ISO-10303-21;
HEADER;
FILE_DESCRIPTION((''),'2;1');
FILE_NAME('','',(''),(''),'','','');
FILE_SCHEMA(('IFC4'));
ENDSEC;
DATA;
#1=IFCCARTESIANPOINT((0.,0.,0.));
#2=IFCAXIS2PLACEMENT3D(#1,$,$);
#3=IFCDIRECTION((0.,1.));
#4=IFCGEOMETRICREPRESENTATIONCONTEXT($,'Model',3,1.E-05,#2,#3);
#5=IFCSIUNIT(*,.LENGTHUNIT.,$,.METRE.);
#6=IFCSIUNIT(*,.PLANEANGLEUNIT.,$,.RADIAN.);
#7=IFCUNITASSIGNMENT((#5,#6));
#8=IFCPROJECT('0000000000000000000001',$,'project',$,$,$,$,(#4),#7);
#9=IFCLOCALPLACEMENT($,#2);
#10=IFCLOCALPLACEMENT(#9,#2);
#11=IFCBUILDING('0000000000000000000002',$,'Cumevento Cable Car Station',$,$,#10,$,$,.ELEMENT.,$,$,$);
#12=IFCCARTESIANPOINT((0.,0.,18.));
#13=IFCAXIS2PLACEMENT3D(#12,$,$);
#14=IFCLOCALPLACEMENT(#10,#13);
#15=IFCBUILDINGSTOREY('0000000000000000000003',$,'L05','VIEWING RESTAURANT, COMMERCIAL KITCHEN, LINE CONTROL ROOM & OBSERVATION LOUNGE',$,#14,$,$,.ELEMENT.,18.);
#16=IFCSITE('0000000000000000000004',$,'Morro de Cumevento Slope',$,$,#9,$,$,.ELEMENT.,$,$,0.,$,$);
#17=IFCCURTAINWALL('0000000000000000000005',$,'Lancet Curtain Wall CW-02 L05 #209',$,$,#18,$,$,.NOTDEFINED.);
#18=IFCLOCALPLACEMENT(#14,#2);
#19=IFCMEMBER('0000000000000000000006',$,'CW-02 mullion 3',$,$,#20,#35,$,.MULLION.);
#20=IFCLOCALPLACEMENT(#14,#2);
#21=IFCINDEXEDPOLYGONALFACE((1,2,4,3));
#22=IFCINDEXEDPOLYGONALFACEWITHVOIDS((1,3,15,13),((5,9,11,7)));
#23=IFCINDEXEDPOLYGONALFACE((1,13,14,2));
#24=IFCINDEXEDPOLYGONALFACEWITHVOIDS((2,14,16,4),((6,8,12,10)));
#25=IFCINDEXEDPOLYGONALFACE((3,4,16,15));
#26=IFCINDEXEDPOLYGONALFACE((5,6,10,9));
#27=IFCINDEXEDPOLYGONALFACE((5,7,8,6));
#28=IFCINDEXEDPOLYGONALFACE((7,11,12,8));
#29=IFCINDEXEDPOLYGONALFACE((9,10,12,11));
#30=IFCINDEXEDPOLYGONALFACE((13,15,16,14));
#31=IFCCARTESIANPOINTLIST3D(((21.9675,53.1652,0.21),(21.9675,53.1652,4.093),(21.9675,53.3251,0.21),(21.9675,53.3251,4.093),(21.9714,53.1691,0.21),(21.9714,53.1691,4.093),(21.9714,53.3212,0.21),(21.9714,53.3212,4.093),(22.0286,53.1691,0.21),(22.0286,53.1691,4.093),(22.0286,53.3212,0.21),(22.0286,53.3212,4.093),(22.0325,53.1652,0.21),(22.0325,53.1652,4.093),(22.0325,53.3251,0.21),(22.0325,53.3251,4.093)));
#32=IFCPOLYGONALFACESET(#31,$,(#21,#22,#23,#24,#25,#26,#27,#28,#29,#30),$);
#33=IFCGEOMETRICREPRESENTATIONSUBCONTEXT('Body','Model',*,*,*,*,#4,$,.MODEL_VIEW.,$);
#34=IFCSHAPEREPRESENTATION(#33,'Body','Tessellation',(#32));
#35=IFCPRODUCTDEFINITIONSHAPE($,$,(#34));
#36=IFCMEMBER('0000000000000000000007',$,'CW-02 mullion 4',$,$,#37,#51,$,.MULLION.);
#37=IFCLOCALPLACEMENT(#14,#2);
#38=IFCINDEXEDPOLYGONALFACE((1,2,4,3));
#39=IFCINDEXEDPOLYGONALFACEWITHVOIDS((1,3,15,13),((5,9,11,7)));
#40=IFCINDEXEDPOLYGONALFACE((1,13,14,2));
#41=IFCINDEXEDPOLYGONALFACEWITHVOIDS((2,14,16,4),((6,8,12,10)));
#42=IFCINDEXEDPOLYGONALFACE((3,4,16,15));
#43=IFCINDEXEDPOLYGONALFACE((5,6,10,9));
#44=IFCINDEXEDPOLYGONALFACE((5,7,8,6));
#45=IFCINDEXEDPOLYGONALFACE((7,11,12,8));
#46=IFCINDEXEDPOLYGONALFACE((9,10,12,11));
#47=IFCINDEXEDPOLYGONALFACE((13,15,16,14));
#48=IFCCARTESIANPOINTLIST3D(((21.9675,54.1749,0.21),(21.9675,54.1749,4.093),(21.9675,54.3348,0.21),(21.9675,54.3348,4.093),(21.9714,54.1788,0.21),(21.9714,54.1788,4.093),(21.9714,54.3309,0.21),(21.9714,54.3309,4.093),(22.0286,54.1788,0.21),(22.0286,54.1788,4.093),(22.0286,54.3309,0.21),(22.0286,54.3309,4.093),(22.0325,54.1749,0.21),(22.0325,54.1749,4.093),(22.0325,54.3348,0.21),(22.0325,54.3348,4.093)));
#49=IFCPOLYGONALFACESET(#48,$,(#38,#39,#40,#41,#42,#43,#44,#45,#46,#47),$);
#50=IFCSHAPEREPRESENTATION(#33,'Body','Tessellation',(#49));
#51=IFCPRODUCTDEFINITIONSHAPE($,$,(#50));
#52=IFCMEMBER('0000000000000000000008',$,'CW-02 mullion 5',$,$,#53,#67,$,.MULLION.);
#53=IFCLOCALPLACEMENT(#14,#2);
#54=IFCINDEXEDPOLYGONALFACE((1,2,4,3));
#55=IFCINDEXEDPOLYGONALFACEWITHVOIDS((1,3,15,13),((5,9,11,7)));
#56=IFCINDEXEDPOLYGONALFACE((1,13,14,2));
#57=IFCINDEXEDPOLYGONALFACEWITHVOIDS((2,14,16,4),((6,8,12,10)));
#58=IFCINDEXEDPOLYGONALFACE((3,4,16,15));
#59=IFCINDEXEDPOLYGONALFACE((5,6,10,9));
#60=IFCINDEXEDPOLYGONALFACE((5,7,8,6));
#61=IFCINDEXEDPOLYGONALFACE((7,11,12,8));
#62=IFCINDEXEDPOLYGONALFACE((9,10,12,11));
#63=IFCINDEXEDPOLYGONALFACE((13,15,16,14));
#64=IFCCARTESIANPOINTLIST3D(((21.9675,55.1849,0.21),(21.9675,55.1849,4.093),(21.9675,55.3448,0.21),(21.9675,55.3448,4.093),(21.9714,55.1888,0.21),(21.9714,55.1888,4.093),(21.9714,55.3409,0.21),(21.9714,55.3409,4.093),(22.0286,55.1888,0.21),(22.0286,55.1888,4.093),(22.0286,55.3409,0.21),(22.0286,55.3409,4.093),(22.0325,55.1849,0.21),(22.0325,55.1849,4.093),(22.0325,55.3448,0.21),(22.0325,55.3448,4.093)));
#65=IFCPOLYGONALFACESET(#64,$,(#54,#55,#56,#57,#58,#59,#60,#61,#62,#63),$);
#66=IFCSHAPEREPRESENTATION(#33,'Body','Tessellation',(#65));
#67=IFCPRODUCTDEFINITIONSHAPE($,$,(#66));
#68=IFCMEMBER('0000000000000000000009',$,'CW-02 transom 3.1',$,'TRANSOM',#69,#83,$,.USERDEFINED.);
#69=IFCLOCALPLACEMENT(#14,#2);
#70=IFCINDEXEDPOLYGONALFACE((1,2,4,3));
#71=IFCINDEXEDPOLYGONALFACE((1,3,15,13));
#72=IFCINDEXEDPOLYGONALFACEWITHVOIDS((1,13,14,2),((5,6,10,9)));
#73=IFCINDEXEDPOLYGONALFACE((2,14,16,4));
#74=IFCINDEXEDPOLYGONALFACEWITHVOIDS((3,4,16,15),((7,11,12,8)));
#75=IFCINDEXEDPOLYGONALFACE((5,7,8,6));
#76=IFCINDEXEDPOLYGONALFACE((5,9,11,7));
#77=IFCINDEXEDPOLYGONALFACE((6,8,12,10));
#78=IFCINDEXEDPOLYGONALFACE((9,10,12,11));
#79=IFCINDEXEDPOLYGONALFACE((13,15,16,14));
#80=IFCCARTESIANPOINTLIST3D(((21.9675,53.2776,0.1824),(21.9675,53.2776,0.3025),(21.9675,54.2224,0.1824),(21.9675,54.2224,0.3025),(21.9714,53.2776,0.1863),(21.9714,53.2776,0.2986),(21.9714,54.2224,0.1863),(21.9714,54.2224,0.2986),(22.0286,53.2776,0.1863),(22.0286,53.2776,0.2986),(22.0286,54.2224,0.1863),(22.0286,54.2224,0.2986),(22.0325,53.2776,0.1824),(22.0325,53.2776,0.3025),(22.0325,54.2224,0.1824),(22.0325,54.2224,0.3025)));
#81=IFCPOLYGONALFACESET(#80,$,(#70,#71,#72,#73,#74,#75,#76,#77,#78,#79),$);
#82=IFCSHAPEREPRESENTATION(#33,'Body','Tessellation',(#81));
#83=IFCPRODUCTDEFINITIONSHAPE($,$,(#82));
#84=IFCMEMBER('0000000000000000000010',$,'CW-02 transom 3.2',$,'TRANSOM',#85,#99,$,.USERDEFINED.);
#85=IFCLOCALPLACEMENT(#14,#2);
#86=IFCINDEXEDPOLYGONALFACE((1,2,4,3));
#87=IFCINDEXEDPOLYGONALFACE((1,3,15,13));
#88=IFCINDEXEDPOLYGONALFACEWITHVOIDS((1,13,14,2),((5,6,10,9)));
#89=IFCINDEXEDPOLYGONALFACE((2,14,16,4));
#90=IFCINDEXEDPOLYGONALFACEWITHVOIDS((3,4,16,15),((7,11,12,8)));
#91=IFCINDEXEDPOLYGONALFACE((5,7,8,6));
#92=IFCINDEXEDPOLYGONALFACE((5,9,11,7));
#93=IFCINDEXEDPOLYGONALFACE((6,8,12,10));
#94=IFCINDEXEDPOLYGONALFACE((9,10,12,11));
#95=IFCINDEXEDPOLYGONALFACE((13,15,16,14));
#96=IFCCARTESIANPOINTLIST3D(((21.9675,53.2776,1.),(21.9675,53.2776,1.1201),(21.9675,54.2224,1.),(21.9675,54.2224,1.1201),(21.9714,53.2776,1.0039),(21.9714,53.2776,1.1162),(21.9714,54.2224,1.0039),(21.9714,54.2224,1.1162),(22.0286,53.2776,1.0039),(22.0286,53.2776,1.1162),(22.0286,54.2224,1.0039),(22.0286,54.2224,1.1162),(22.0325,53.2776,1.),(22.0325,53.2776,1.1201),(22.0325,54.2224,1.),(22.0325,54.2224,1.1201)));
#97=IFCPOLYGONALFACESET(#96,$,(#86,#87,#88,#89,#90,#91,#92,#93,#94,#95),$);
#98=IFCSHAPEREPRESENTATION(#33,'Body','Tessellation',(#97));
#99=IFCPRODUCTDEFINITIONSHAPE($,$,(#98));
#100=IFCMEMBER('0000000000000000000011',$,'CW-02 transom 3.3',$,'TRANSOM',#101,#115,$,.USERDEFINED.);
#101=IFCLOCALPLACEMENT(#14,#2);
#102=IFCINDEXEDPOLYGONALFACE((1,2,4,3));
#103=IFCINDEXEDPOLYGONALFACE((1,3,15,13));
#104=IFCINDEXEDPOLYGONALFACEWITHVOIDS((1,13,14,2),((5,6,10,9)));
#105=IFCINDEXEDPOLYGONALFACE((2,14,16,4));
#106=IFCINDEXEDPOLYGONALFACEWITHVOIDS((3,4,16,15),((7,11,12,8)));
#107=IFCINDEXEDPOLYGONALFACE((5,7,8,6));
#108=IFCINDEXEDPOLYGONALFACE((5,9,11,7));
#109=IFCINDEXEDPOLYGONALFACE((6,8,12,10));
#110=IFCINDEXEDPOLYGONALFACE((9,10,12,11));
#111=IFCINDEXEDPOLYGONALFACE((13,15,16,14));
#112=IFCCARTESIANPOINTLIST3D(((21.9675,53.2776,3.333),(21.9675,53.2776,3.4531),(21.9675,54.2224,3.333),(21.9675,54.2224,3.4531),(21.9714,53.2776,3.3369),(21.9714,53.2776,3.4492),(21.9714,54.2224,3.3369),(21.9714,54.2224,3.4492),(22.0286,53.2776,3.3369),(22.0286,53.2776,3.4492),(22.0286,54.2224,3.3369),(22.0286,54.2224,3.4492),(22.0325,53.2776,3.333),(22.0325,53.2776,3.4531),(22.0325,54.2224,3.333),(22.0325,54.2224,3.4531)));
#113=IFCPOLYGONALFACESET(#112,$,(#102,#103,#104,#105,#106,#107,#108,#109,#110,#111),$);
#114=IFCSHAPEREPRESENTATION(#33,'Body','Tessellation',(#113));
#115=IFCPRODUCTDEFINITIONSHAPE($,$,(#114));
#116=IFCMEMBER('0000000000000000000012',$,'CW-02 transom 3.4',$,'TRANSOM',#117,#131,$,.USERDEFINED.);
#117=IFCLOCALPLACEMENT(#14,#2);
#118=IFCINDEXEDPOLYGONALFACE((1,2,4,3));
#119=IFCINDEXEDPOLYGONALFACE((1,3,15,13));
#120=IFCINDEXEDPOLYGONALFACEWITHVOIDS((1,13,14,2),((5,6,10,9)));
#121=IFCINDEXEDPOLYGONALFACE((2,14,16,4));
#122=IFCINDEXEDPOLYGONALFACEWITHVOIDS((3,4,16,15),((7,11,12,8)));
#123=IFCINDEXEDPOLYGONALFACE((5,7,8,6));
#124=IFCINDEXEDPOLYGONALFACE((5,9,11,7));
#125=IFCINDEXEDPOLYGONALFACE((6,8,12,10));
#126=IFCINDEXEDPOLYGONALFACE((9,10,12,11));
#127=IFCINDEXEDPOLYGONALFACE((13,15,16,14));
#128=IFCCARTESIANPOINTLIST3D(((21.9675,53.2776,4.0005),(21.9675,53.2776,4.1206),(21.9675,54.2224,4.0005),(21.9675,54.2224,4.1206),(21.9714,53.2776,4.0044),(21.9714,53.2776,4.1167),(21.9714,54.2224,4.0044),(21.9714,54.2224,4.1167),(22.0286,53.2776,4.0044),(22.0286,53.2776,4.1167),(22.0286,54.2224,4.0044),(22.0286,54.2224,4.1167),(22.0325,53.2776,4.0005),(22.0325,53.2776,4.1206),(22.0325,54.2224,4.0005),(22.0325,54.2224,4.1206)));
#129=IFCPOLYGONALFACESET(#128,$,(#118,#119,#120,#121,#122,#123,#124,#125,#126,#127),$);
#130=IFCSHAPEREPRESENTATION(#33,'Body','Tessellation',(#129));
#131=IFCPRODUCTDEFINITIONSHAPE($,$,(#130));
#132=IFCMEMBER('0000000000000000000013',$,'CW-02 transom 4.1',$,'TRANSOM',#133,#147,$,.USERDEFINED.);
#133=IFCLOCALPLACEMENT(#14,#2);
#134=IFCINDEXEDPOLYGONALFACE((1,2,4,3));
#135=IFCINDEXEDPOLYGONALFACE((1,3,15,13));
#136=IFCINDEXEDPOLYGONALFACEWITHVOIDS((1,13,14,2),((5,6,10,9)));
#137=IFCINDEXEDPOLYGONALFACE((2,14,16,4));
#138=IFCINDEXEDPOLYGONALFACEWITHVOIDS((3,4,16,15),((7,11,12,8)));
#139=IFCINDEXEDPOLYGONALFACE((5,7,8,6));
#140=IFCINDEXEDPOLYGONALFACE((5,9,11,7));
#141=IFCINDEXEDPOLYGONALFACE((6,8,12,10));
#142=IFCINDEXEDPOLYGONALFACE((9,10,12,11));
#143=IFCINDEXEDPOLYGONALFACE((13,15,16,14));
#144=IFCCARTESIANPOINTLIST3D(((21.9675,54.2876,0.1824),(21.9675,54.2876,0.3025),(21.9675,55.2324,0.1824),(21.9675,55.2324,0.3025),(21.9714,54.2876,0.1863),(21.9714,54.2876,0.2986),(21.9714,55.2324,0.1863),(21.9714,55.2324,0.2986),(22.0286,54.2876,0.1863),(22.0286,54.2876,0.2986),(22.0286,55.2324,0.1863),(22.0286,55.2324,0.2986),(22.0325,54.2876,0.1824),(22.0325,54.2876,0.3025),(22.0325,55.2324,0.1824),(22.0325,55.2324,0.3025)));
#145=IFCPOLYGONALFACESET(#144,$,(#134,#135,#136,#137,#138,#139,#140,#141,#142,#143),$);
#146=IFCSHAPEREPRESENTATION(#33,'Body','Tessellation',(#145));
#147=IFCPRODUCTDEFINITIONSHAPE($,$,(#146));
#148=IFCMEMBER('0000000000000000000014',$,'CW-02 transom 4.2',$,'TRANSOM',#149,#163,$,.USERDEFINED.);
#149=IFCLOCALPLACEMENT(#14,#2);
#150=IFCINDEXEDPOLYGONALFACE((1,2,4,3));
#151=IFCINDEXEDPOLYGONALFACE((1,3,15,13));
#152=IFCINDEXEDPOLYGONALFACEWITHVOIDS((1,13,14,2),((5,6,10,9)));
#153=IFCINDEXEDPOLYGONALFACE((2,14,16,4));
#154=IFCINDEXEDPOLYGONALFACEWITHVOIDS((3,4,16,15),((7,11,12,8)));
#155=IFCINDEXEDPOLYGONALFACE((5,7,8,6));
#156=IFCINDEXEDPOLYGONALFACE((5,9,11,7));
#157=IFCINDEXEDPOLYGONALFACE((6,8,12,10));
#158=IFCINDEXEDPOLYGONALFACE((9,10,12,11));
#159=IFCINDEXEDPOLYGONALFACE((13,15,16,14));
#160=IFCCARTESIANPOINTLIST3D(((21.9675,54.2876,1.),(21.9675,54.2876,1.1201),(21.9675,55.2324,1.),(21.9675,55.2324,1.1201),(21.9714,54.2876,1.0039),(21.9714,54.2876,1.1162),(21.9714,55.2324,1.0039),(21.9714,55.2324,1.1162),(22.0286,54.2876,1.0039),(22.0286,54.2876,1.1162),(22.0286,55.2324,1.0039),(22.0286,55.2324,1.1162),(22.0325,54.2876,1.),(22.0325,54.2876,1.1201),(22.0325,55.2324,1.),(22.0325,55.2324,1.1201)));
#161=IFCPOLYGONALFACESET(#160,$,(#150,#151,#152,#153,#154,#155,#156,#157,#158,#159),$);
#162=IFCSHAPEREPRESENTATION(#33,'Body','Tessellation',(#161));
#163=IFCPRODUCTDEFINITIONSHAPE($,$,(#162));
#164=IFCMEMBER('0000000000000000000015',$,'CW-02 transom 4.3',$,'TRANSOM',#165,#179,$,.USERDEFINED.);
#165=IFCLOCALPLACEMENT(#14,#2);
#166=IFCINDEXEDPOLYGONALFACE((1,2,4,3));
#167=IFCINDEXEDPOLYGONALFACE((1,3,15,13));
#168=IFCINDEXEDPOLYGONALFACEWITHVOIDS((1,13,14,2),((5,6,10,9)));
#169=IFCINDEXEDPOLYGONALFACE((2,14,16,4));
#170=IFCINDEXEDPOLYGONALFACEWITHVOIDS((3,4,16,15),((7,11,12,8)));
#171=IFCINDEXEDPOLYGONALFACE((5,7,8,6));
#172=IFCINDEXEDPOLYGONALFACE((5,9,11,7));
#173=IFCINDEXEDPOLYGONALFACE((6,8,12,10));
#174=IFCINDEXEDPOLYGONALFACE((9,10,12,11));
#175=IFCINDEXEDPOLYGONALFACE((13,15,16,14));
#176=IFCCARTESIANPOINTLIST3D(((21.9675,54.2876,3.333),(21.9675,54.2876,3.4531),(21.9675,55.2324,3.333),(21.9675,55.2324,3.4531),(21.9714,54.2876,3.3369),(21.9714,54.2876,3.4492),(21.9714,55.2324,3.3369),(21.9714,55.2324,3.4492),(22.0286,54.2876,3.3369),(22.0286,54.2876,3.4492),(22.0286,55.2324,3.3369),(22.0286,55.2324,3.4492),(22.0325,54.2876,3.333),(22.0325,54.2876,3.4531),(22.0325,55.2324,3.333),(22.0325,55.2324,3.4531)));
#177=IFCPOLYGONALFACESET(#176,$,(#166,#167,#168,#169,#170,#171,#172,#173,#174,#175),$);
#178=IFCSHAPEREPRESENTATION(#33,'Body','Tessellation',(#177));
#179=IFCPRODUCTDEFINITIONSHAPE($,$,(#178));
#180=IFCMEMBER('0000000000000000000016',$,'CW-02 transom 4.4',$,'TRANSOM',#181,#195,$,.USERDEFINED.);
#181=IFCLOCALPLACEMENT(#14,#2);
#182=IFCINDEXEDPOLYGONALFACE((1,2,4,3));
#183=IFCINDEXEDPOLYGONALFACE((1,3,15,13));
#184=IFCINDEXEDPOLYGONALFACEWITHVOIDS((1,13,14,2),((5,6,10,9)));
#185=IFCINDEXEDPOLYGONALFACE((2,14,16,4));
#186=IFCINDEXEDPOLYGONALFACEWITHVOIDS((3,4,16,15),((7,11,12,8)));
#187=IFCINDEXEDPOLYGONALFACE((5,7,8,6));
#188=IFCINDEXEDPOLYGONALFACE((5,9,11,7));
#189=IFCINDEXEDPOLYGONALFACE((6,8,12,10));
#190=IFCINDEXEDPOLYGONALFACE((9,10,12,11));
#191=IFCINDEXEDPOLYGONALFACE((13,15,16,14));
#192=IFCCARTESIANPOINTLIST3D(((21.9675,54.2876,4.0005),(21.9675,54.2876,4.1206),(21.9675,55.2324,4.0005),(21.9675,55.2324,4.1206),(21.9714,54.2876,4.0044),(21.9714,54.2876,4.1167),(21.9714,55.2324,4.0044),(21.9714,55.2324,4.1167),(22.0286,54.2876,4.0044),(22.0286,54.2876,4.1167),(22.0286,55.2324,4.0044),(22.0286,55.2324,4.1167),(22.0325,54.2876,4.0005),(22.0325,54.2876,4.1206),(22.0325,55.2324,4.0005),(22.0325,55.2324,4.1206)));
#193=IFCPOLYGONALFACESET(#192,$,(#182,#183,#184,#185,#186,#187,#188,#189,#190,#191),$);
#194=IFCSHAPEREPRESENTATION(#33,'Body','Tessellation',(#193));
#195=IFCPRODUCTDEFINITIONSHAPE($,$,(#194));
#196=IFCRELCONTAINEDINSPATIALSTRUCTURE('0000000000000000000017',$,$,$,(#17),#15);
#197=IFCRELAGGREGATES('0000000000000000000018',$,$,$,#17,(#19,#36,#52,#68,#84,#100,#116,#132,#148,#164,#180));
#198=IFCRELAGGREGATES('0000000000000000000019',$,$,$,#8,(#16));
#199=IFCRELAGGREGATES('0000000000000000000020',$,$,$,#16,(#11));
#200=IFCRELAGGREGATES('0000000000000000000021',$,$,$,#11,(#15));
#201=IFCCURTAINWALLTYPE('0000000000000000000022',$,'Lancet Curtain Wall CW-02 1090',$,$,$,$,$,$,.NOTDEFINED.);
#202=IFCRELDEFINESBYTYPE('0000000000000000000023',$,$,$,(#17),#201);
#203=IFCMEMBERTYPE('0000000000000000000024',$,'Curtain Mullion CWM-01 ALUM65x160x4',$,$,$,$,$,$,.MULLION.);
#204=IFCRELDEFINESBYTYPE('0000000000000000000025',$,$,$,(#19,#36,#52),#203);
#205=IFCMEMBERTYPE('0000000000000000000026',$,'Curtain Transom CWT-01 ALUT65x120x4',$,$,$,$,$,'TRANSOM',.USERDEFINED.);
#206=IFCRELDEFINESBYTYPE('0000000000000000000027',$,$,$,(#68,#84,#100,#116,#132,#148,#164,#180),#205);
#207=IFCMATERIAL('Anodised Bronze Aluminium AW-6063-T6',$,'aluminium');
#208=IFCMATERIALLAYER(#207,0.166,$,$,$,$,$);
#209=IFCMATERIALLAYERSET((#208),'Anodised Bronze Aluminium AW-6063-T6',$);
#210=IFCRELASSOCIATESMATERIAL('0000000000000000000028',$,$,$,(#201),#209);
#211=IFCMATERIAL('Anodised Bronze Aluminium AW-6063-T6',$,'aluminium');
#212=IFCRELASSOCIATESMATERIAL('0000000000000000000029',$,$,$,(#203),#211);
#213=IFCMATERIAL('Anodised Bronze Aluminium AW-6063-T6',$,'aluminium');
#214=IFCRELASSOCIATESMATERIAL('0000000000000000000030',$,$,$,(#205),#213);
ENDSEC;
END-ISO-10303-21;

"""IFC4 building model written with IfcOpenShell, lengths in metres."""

from ifc_helpers import new_model, si_unit, direction, frame, origin, origin_2d, place, context, subcontext, project, spatial, hollow_rectangle, extrude, material, layer, layer_set, material_profile, profile_set, type_object, element, aggregate, save


model = new_model("IFC4")

# Units and contexts
model_context = context("Model", 3, precision=1e-05, world=origin(), true_north=direction((0.0, 1.0)))
body_context = subcontext(model_context, "Body", "Model", "MODEL_VIEW")
ifc_project = project(units=[si_unit("LENGTHUNIT", "METRE"), si_unit("PLANEANGLEUNIT", "RADIAN")], contexts=[model_context])

# Site, building, storey
site_placement = place(None, origin())
site = spatial("IfcSite", under=ifc_project, at=site_placement, Name="Morro de Cumevento Slope", CompositionType="ELEMENT", RefElevation=0.0)
building_placement = place(site_placement, origin())
building = spatial("IfcBuilding", under=site, at=building_placement, Name="Cumevento Cable Car Station", CompositionType="ELEMENT")
storey_placement = place(building_placement, frame((0.0, 0.0, 18.0)))
storey = spatial("IfcBuildingStorey", under=building, at=storey_placement, Name="L05", Description="VIEWING RESTAURANT, COMMERCIAL KITCHEN, LINE CONTROL ROOM & OBSERVATION LOUNGE", CompositionType="ELEMENT", Elevation=18.0)

# Curtain wall, members
ifc_material_1 = material(Name="Anodised Bronze Aluminium AW-6063-T6", Category="aluminium")
ifc_layer_1 = layer(ifc_material_1, 0.166)
ifc_layer_set_1 = layer_set([ifc_layer_1], Name="Anodised Bronze Aluminium AW-6063-T6")
curtain_wall_type = type_object("IfcCurtainWallType", Name="Lancet Curtain Wall CW-02 1090", PredefinedType="NOTDEFINED", material=ifc_layer_set_1)
curtain_wall_placement = place(storey_placement, origin())
curtain_wall = element("IfcCurtainWall", 1, at=curtain_wall_placement, inside=storey, type_object=curtain_wall_type, Name="Lancet Curtain Wall CW-02 L05 #209", PredefinedType="NOTDEFINED")
ifc_material_2 = material(Name="Anodised Bronze Aluminium AW-6063-T6", Category="aluminium")
ifc_material_profile_1 = material_profile(ifc_material_2, hollow_rectangle(XDim=0.0649, YDim=0.1599, WallThickness=0.0039, at=origin_2d()), Name="ALUM65x160x4")
ifc_profile_set_1 = profile_set([ifc_material_profile_1], Name="Anodised Bronze Aluminium AW-6063-T6")
member_type_1 = type_object("IfcMemberType", Name="Curtain Mullion CWM-01 ALUM65x160x4", PredefinedType="MULLION", material=ifc_profile_set_1)
member_1_placement = place(storey_placement, frame((22.0, 53.2451, 0.21), z_axis=(0.0, 0.0, 1.0), x_axis=(-1.0, 0.0, 0.0)))
member_1 = element("IfcMember", 2, at=member_1_placement, type_object=member_type_1, Name="CW-02 mullion 3", PredefinedType="MULLION", context=body_context, shape_type="SweptSolid", body=[
    extrude(hollow_rectangle(XDim=0.0649, YDim=0.1599, WallThickness=0.0039, at=origin_2d()), origin(), (0.0, 0.0, 1.0), 3.8831),
])
member_2_placement = place(storey_placement, frame((22.0, 54.2549, 0.21), z_axis=(0.0, 0.0, 1.0), x_axis=(-1.0, 0.0, 0.0)))
member_2 = element("IfcMember", 3, at=member_2_placement, type_object=member_type_1, Name="CW-02 mullion 4", PredefinedType="MULLION", context=body_context, shape_type="SweptSolid", body=[
    extrude(hollow_rectangle(XDim=0.0649, YDim=0.1599, WallThickness=0.0039, at=origin_2d()), origin(), (0.0, 0.0, 1.0), 3.8831),
])
member_3_placement = place(storey_placement, frame((22.0, 55.2649, 0.21), z_axis=(0.0, 0.0, 1.0), x_axis=(-1.0, 0.0, 0.0)))
member_3 = element("IfcMember", 4, at=member_3_placement, type_object=member_type_1, Name="CW-02 mullion 5", PredefinedType="MULLION", context=body_context, shape_type="SweptSolid", body=[
    extrude(hollow_rectangle(XDim=0.0649, YDim=0.1599, WallThickness=0.0039, at=origin_2d()), origin(), (0.0, 0.0, 1.0), 3.8831),
])
ifc_material_3 = material(Name="Anodised Bronze Aluminium AW-6063-T6", Category="aluminium")
ifc_material_profile_2 = material_profile(ifc_material_3, hollow_rectangle(XDim=0.0649, YDim=0.1201, WallThickness=0.0039, at=origin_2d()), Name="ALUT65x120x4")
ifc_profile_set_2 = profile_set([ifc_material_profile_2], Name="Anodised Bronze Aluminium AW-6063-T6")
member_type_2 = type_object("IfcMemberType", Name="Curtain Transom CWT-01 ALUT65x120x4", ElementType="TRANSOM", PredefinedType="USERDEFINED", material=ifc_profile_set_2)
member_4_placement = place(storey_placement, frame((22.0, 53.2776, 0.2424), z_axis=(0.0, 1.0, 0.0), x_axis=(-1.0, 0.0, 0.0)))
member_4 = element("IfcMember", 5, at=member_4_placement, type_object=member_type_2, Name="CW-02 transom 3.1", ObjectType="TRANSOM", PredefinedType="USERDEFINED", context=body_context, shape_type="SweptSolid", body=[
    extrude(hollow_rectangle(XDim=0.0649, YDim=0.1201, WallThickness=0.0039, at=origin_2d()), origin(), (0.0, 0.0, 1.0), 0.9448),
])
member_5_placement = place(storey_placement, frame((22.0, 53.2776, 1.0601), z_axis=(0.0, 1.0, 0.0), x_axis=(-1.0, 0.0, 0.0)))
member_5 = element("IfcMember", 6, at=member_5_placement, type_object=member_type_2, Name="CW-02 transom 3.2", ObjectType="TRANSOM", PredefinedType="USERDEFINED", context=body_context, shape_type="SweptSolid", body=[
    extrude(hollow_rectangle(XDim=0.0649, YDim=0.1201, WallThickness=0.0039, at=origin_2d()), origin(), (0.0, 0.0, 1.0), 0.9448),
])
member_6_placement = place(storey_placement, frame((22.0, 53.2776, 3.3931), z_axis=(0.0, 1.0, 0.0), x_axis=(-1.0, 0.0, 0.0)))
member_6 = element("IfcMember", 7, at=member_6_placement, type_object=member_type_2, Name="CW-02 transom 3.3", ObjectType="TRANSOM", PredefinedType="USERDEFINED", context=body_context, shape_type="SweptSolid", body=[
    extrude(hollow_rectangle(XDim=0.0649, YDim=0.1201, WallThickness=0.0039, at=origin_2d()), origin(), (0.0, 0.0, 1.0), 0.9448),
])
member_7_placement = place(storey_placement, frame((22.0, 53.2776, 4.0605), z_axis=(0.0, 1.0, 0.0), x_axis=(-1.0, 0.0, 0.0)))
member_7 = element("IfcMember", 8, at=member_7_placement, type_object=member_type_2, Name="CW-02 transom 3.4", ObjectType="TRANSOM", PredefinedType="USERDEFINED", context=body_context, shape_type="SweptSolid", body=[
    extrude(hollow_rectangle(XDim=0.0649, YDim=0.1201, WallThickness=0.0039, at=origin_2d()), origin(), (0.0, 0.0, 1.0), 0.9448),
])
member_8_placement = place(storey_placement, frame((22.0, 54.2876, 0.2424), z_axis=(0.0, 1.0, 0.0), x_axis=(-1.0, 0.0, 0.0)))
member_8 = element("IfcMember", 9, at=member_8_placement, type_object=member_type_2, Name="CW-02 transom 4.1", ObjectType="TRANSOM", PredefinedType="USERDEFINED", context=body_context, shape_type="SweptSolid", body=[
    extrude(hollow_rectangle(XDim=0.0649, YDim=0.1201, WallThickness=0.0039, at=origin_2d()), origin(), (0.0, 0.0, 1.0), 0.9448),
])
member_9_placement = place(storey_placement, frame((22.0, 54.2876, 1.0601), z_axis=(0.0, 1.0, 0.0), x_axis=(-1.0, 0.0, 0.0)))
member_9 = element("IfcMember", 10, at=member_9_placement, type_object=member_type_2, Name="CW-02 transom 4.2", ObjectType="TRANSOM", PredefinedType="USERDEFINED", context=body_context, shape_type="SweptSolid", body=[
    extrude(hollow_rectangle(XDim=0.0649, YDim=0.1201, WallThickness=0.0039, at=origin_2d()), origin(), (0.0, 0.0, 1.0), 0.9448),
])
member_10_placement = place(storey_placement, frame((22.0, 54.2876, 3.3931), z_axis=(0.0, 1.0, 0.0), x_axis=(-1.0, 0.0, 0.0)))
member_10 = element("IfcMember", 11, at=member_10_placement, type_object=member_type_2, Name="CW-02 transom 4.3", ObjectType="TRANSOM", PredefinedType="USERDEFINED", context=body_context, shape_type="SweptSolid", body=[
    extrude(hollow_rectangle(XDim=0.0649, YDim=0.1201, WallThickness=0.0039, at=origin_2d()), origin(), (0.0, 0.0, 1.0), 0.9448),
])
member_11_placement = place(storey_placement, frame((22.0, 54.2876, 4.0605), z_axis=(0.0, 1.0, 0.0), x_axis=(-1.0, 0.0, 0.0)))
member_11 = element("IfcMember", 12, at=member_11_placement, type_object=member_type_2, Name="CW-02 transom 4.4", ObjectType="TRANSOM", PredefinedType="USERDEFINED", context=body_context, shape_type="SweptSolid", body=[
    extrude(hollow_rectangle(XDim=0.0649, YDim=0.1201, WallThickness=0.0039, at=origin_2d()), origin(), (0.0, 0.0, 1.0), 0.9448),
])
aggregate(curtain_wall, [member_1, member_2, member_3, member_4, member_5, member_6, member_7, member_8, member_9, member_10, member_11])

save(model, "model.ifc")
